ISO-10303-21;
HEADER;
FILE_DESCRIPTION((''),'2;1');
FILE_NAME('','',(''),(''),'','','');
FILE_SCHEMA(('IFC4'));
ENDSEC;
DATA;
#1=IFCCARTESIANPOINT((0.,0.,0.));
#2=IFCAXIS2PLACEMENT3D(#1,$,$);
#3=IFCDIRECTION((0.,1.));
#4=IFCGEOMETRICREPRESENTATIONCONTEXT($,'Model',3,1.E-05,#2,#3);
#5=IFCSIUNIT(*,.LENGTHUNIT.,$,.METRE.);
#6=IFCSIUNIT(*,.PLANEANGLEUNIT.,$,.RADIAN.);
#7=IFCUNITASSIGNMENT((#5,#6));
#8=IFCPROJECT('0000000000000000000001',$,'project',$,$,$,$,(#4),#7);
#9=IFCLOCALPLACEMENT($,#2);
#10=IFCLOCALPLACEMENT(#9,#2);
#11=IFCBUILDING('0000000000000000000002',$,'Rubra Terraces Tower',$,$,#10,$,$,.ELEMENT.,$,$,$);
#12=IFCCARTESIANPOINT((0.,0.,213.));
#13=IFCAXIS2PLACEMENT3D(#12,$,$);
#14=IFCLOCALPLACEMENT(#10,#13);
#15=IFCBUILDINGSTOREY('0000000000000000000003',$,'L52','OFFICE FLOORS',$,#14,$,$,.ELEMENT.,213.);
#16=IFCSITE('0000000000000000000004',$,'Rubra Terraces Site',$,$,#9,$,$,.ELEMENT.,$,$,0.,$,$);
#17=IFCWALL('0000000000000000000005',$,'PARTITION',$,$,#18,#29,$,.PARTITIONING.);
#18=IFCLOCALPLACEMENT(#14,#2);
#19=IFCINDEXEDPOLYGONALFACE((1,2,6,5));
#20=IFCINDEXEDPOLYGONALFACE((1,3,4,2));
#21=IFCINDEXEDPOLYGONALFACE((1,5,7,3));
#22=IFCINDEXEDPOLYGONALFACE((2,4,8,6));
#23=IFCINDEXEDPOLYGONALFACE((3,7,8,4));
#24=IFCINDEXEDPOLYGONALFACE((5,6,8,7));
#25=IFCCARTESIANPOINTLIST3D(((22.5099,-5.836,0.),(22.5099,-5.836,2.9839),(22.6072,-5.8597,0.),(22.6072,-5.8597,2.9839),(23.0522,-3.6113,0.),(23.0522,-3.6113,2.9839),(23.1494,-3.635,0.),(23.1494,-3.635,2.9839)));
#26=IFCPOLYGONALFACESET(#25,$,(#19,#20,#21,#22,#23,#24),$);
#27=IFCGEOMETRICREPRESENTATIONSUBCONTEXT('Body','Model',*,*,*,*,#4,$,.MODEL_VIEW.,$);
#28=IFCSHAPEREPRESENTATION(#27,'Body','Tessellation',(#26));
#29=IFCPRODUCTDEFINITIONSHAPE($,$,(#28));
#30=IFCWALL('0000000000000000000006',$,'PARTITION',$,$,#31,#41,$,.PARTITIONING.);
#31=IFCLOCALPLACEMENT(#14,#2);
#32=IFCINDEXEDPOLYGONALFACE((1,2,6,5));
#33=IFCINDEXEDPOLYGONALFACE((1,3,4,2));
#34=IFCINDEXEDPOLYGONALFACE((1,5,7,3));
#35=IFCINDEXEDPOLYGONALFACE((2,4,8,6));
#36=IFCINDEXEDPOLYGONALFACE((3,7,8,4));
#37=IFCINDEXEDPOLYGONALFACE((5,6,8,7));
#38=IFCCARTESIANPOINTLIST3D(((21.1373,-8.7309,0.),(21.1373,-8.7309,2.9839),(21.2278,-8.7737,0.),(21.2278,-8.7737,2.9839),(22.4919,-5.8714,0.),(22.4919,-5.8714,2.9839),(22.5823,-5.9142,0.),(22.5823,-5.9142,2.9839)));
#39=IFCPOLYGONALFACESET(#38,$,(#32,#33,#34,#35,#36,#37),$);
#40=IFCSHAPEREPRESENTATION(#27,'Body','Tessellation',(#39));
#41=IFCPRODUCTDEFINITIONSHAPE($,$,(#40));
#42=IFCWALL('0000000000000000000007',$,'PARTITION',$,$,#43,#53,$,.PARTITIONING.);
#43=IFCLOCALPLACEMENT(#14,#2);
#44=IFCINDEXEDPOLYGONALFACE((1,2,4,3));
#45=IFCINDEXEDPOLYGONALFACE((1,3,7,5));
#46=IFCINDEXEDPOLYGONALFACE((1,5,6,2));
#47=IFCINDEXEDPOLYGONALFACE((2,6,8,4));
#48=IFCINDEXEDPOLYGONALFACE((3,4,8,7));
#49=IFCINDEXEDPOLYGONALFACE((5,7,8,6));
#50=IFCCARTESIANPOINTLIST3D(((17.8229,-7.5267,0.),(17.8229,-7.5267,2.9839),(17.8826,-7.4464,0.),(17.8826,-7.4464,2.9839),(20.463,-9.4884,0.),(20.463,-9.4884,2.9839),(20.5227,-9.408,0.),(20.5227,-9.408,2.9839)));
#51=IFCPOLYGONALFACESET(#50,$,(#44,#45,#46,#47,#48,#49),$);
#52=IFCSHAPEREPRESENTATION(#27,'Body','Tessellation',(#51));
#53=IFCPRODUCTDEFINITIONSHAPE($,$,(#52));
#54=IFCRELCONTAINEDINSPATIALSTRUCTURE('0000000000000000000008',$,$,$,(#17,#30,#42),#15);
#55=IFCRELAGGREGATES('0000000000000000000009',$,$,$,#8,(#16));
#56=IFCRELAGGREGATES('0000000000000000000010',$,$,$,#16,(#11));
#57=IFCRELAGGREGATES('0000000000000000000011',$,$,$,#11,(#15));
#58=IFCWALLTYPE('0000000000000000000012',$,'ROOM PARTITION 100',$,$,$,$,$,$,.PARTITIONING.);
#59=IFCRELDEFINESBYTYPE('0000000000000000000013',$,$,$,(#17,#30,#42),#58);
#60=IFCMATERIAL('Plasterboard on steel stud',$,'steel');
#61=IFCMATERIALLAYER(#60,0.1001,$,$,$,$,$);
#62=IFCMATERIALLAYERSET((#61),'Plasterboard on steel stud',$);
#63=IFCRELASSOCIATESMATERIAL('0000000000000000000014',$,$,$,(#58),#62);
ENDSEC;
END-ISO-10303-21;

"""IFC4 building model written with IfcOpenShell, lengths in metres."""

from ifc_helpers import new_model, si_unit, direction, frame, frame_2d, origin, place, context, subcontext, project, spatial, rectangle, extrude, material, layer, layer_set, type_object, element, save


model = new_model("IFC4")

# Units and contexts
model_context = context("Model", 3, precision=1e-05, world=origin(), true_north=direction((0.0, 1.0)))
body_context = subcontext(model_context, "Body", "Model", "MODEL_VIEW")
ifc_project = project(units=[si_unit("LENGTHUNIT", "METRE"), si_unit("PLANEANGLEUNIT", "RADIAN")], contexts=[model_context])

# Site, building, storey
site_placement = place(None, origin())
site = spatial("IfcSite", under=ifc_project, at=site_placement, Name="Rubra Terraces Site", CompositionType="ELEMENT", RefElevation=0.0)
building_placement = place(site_placement, origin())
building = spatial("IfcBuilding", under=site, at=building_placement, Name="Rubra Terraces Tower", CompositionType="ELEMENT")
storey_placement = place(building_placement, frame((0.0, 0.0, 213.0)))
storey = spatial("IfcBuildingStorey", under=building, at=storey_placement, Name="L52", Description="OFFICE FLOORS", CompositionType="ELEMENT", Elevation=213.0)

# Shared definitions
ifc_material_1 = material(Name="Plasterboard on steel stud", Category="steel")
ifc_layer_1 = layer(ifc_material_1, 0.1001)
ifc_layer_set_1 = layer_set([ifc_layer_1], Name="Plasterboard on steel stud")
wall_type_1 = type_object("IfcWallType", Name="ROOM PARTITION 100", PredefinedType="PARTITIONING", material=ifc_layer_set_1)

# Walls
wall_1_placement = place(storey_placement, frame((23.1008, -3.623, 0.0), z_axis=(0.0, 0.0, 1.0), x_axis=(-0.236811, -0.971556, 0.0)))
element("IfcWall", 1, at=wall_1_placement, inside=storey, type_object=wall_type_1, Name="PARTITION", PredefinedType="PARTITIONING", context=body_context, shape_type="SweptSolid", body=[
    extrude(rectangle(XDim=2.2898, YDim=0.1001, at=frame_2d((1.145, 0.0))), origin(), (0.0, 0.0, 1.0), 2.9839),
])
wall_2_placement = place(storey_placement, frame((22.5371, -5.8928, 0.0), z_axis=(0.0, 0.0, 1.0), x_axis=(-0.4281, -0.903732, 0.0)))
element("IfcWall", 2, at=wall_2_placement, inside=storey, type_object=wall_type_1, Name="PARTITION", PredefinedType="PARTITIONING", context=body_context, shape_type="SweptSolid", body=[
    extrude(rectangle(XDim=3.1641, YDim=0.1001, at=frame_2d((1.582, 0.0))), origin(), (0.0, 0.0, 1.0), 2.9839),
])
wall_3_placement = place(storey_placement, frame((17.8528, -7.4866, 0.0), z_axis=(0.0, 0.0, 1.0), x_axis=(0.802682, -0.596407, 0.0)))
element("IfcWall", 3, at=wall_3_placement, inside=storey, type_object=wall_type_1, Name="PARTITION", PredefinedType="PARTITIONING", context=body_context, shape_type="SweptSolid", body=[
    extrude(rectangle(XDim=3.2891, YDim=0.1001, at=frame_2d((1.6445, 0.0))), origin(), (0.0, 0.0, 1.0), 2.9839),
])

save(model, "model.ifc")
